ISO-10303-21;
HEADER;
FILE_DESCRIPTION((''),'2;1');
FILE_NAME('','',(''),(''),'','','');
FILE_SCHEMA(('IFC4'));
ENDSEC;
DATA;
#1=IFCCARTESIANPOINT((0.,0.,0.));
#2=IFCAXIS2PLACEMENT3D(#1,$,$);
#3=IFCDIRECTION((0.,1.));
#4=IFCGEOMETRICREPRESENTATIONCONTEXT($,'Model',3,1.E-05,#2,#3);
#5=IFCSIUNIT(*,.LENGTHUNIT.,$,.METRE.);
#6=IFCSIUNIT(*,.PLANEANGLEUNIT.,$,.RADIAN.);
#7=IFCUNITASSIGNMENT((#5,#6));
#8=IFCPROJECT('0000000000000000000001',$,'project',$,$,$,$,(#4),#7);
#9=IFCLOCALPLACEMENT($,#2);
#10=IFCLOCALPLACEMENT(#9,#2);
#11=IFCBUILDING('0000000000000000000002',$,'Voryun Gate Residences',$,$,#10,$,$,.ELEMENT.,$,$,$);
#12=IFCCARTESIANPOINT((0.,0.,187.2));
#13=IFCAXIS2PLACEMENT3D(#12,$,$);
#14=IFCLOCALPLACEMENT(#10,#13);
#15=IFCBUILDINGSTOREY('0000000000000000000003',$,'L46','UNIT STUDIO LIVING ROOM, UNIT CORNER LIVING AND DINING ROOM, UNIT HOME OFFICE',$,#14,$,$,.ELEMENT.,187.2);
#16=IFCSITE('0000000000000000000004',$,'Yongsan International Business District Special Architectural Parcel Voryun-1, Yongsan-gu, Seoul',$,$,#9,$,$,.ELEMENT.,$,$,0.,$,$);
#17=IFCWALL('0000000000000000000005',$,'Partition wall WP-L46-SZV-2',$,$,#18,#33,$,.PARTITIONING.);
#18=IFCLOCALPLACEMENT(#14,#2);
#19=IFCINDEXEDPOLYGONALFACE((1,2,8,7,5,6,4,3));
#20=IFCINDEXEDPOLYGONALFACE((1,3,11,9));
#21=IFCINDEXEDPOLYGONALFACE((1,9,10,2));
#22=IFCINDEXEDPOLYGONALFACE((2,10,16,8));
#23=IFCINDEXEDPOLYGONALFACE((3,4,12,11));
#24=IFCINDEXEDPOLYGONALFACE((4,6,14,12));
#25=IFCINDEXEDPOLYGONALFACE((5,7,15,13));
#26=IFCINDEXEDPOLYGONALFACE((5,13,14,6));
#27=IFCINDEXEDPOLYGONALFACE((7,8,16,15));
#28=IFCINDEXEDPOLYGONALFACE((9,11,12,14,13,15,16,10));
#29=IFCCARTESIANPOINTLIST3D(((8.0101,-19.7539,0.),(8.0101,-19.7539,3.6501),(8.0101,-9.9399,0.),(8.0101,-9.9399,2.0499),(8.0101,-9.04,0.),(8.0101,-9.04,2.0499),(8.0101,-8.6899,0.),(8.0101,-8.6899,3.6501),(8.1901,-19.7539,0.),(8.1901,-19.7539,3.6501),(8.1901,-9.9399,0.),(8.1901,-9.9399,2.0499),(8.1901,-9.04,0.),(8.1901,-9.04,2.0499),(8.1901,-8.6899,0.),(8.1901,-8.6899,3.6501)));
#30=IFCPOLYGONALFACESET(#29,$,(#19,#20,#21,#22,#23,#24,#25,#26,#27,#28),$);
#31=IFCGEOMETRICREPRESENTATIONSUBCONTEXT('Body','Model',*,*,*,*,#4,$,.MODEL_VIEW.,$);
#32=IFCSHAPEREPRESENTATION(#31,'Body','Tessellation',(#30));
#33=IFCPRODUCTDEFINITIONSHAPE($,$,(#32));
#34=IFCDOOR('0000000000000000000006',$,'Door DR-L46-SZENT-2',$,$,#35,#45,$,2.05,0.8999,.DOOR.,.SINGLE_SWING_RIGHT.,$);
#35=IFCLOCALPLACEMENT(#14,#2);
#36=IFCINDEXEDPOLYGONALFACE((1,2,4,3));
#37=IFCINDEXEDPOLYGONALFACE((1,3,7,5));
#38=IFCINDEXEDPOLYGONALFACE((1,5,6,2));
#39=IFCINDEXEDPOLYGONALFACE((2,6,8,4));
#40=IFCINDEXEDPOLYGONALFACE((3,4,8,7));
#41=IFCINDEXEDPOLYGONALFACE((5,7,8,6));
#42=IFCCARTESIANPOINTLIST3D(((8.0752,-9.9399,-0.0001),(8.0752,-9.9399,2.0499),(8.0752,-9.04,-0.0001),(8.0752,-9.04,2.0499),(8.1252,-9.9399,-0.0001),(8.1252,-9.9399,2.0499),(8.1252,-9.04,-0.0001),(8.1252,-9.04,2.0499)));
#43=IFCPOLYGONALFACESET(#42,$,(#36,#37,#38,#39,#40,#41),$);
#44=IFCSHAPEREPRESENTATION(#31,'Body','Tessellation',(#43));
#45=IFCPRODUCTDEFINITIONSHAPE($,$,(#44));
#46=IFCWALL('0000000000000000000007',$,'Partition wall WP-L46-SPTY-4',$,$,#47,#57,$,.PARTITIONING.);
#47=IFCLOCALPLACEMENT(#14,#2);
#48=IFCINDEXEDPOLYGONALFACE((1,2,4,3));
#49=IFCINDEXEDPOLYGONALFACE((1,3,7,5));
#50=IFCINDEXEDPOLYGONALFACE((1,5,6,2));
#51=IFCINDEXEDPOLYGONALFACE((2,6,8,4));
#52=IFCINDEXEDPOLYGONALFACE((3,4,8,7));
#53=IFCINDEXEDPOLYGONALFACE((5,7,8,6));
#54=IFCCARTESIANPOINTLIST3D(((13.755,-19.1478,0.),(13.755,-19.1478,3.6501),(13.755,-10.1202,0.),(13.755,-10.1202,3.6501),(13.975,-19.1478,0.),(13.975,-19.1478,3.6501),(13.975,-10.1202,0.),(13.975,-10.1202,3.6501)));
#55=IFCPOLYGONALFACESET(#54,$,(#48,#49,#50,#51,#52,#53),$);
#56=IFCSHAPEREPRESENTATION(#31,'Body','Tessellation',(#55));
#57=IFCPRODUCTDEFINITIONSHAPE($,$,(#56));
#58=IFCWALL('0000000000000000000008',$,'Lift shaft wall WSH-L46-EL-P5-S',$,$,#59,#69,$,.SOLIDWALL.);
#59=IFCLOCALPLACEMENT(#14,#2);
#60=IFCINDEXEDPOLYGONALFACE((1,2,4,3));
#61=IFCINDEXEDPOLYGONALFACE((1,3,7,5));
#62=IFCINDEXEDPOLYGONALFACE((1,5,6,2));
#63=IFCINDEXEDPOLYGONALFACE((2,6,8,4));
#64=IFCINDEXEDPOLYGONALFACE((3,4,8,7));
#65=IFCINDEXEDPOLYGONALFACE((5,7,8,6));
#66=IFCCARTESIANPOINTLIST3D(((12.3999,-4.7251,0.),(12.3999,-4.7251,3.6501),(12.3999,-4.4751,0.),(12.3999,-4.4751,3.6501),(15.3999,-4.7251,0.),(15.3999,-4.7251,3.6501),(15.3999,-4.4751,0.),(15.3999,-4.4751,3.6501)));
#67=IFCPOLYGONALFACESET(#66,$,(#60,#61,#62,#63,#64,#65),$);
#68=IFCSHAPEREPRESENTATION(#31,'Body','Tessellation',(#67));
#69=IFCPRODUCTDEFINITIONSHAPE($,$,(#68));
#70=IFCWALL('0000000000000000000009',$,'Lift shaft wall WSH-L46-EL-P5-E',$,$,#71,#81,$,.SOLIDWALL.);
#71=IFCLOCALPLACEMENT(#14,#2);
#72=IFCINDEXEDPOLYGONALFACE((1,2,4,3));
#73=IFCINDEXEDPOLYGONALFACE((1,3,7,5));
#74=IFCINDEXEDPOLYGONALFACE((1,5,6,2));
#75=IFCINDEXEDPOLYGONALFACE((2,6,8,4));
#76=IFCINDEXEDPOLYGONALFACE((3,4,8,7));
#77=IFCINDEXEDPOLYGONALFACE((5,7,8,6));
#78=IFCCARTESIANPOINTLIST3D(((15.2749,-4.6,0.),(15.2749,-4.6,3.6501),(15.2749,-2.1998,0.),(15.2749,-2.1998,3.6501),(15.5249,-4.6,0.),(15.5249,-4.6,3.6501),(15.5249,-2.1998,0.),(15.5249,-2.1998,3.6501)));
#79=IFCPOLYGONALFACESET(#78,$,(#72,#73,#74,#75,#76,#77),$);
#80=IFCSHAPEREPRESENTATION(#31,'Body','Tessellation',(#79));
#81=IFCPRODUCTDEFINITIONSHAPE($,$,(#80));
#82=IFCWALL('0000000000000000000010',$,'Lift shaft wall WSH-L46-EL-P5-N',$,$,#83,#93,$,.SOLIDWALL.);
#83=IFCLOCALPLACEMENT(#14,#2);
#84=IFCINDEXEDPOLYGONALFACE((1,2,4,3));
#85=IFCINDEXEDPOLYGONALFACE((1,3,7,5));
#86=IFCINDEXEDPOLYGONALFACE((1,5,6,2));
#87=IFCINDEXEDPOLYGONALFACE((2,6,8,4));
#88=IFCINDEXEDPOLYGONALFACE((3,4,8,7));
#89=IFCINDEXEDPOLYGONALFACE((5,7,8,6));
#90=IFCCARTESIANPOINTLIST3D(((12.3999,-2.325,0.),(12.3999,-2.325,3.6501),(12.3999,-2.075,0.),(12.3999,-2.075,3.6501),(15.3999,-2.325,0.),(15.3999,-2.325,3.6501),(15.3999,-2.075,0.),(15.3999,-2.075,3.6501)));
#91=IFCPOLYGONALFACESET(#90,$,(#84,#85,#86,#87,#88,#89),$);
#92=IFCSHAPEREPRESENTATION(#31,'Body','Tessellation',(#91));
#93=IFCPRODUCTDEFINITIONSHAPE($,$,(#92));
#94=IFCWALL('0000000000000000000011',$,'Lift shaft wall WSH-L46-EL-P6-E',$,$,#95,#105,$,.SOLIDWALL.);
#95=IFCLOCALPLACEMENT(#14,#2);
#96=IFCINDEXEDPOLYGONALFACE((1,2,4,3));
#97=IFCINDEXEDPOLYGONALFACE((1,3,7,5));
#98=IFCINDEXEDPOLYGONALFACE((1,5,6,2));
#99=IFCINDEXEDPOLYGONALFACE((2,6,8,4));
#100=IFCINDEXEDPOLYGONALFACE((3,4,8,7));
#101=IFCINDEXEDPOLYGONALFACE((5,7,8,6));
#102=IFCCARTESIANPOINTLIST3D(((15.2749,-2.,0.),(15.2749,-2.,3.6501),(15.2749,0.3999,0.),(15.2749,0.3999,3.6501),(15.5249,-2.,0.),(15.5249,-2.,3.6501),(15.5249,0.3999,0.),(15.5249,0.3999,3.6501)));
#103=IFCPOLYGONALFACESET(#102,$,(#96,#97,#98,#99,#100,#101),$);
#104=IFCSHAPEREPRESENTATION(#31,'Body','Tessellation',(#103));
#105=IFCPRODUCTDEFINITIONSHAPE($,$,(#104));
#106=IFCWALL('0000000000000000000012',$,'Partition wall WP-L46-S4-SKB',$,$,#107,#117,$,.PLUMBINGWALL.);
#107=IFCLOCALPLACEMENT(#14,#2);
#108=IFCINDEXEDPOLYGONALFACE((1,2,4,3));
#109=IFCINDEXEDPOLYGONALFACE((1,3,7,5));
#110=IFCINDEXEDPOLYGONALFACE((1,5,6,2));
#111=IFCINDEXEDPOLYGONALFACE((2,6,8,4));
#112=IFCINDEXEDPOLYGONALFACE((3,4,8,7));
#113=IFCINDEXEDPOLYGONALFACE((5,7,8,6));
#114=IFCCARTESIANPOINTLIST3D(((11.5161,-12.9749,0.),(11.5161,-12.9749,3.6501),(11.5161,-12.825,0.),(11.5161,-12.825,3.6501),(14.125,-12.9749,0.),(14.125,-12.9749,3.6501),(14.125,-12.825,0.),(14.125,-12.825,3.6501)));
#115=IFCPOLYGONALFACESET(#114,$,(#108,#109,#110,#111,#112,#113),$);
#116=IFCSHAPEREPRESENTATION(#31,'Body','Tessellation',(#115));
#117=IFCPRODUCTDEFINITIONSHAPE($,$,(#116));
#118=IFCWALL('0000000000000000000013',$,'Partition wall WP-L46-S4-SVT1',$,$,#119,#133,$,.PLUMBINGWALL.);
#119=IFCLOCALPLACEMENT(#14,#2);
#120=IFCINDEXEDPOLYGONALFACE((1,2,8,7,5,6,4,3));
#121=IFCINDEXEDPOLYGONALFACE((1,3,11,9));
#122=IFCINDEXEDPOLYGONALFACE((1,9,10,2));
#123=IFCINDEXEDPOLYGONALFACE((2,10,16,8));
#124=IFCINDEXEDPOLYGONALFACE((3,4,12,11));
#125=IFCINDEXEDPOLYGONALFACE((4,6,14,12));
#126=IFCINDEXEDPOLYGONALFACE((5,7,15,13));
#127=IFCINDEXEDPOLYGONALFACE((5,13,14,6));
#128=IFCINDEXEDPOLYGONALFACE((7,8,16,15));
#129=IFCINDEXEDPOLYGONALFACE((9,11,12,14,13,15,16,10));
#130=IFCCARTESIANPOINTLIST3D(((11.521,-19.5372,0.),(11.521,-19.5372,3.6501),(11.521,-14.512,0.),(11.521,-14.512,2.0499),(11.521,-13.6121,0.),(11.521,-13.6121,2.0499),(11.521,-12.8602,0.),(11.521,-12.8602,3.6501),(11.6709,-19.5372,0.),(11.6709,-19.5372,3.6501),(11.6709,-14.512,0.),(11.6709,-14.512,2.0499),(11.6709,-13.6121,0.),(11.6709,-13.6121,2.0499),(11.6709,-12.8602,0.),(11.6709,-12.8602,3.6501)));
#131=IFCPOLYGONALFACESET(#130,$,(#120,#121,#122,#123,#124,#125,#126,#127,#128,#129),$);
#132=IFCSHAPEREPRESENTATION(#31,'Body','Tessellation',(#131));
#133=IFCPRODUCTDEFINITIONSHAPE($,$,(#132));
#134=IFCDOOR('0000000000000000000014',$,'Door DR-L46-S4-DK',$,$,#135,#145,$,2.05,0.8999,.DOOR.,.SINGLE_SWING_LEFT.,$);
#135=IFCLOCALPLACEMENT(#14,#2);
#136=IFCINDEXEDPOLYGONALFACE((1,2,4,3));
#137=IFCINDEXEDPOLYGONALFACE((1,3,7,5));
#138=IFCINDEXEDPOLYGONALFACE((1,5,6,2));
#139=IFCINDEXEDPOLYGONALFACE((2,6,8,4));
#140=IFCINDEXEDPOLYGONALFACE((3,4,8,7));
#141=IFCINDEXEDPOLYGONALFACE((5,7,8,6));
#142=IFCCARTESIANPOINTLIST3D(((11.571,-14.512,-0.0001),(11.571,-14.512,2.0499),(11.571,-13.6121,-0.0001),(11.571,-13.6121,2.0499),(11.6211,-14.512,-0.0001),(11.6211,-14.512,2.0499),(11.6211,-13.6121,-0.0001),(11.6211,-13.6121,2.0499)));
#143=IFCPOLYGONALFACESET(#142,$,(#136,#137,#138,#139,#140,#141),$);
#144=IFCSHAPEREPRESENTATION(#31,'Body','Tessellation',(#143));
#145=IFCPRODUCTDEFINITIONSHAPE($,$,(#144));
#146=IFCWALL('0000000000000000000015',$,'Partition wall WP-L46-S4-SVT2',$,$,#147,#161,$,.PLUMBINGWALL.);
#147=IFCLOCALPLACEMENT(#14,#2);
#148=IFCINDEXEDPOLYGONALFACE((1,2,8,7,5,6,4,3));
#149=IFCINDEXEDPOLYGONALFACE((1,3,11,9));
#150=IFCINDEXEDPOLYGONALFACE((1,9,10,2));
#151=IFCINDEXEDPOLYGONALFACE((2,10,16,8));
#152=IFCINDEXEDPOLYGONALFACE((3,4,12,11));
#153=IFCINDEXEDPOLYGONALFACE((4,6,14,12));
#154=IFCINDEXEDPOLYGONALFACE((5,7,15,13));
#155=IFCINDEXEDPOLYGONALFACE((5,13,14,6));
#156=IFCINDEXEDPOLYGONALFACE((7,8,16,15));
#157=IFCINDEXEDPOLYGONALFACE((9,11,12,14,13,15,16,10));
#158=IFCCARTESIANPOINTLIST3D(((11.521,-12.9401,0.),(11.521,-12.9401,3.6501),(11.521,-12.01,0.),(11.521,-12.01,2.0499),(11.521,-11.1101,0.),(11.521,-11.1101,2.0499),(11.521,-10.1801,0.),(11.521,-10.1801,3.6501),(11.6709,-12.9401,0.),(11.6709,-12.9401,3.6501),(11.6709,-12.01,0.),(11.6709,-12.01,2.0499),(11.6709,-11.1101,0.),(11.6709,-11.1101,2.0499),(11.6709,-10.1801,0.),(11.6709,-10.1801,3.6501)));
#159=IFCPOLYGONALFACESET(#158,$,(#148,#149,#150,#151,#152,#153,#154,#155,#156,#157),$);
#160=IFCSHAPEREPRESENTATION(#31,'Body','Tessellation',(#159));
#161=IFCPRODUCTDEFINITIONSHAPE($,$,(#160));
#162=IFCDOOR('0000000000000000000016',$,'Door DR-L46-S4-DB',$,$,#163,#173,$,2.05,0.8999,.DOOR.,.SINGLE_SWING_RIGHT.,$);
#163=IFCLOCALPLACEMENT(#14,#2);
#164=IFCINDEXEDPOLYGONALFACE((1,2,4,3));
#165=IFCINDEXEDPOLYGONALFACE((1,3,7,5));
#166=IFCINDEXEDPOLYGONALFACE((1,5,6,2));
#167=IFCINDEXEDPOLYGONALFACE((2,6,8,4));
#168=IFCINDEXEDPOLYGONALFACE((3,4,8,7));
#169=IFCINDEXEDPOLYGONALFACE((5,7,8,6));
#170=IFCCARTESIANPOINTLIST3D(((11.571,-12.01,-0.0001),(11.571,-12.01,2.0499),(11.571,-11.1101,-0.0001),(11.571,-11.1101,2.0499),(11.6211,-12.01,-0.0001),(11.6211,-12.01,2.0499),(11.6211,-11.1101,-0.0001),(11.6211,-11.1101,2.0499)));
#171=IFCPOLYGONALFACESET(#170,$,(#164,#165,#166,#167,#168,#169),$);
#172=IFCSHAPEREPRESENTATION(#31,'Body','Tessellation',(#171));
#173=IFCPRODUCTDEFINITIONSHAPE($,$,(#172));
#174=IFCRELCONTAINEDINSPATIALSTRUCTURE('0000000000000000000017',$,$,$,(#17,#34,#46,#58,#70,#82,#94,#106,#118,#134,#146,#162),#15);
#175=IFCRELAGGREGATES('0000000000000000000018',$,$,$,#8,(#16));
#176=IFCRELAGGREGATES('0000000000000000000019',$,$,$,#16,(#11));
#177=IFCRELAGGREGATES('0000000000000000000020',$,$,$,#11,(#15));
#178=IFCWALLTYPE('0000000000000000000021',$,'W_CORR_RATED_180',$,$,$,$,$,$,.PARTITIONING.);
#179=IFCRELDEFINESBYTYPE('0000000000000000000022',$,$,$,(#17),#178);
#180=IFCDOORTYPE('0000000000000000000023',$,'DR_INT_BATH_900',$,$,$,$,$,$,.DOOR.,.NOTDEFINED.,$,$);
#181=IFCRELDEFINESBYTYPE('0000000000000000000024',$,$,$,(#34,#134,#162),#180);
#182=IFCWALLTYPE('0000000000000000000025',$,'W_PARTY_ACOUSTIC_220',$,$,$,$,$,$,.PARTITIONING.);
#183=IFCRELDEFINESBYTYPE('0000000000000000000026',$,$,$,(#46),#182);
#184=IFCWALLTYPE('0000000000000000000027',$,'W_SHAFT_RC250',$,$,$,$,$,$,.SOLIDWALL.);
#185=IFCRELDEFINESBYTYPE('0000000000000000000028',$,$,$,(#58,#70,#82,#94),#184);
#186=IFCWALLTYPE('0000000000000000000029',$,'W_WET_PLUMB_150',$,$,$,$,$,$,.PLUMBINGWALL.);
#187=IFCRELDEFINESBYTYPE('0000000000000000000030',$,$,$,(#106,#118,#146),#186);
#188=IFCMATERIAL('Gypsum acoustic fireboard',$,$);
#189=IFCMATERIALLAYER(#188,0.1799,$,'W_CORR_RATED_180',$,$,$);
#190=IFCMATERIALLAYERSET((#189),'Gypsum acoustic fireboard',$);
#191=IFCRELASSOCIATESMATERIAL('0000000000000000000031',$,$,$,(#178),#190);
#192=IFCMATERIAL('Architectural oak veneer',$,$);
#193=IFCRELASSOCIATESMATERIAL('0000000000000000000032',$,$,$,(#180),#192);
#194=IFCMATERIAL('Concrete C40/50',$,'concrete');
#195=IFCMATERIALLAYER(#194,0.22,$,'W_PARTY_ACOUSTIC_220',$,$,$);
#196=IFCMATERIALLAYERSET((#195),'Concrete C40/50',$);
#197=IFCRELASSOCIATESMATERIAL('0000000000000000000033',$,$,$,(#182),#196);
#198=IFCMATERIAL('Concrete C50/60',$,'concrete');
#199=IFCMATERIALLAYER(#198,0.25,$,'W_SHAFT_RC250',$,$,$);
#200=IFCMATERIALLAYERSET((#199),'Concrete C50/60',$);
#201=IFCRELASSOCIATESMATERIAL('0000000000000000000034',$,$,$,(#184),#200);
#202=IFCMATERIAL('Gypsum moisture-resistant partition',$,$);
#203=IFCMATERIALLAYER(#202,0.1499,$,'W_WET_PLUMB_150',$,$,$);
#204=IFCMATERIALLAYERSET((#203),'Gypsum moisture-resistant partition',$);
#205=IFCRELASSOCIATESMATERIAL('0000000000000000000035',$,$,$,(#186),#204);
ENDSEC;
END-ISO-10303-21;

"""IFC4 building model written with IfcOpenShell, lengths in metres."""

from ifc_helpers import new_model, si_unit, direction, frame, frame_2d, origin, place, context, subcontext, project, spatial, rectangle, extrude, material, layer, layer_set, type_object, element, fill, save


model = new_model("IFC4")

# Units and contexts
model_context = context("Model", 3, precision=1e-05, world=origin(), true_north=direction((0.0, 1.0)))
body_context = subcontext(model_context, "Body", "Model", "MODEL_VIEW")
ifc_project = project(units=[si_unit("LENGTHUNIT", "METRE"), si_unit("PLANEANGLEUNIT", "RADIAN")], contexts=[model_context])

# Site, building, storey
site_placement = place(None, origin())
site = spatial("IfcSite", under=ifc_project, at=site_placement, Name="Yongsan International Business District Special Architectural Parcel Voryun-1, Yongsan-gu, Seoul", CompositionType="ELEMENT", RefElevation=0.0)
building_placement = place(site_placement, origin())
building = spatial("IfcBuilding", under=site, at=building_placement, Name="Voryun Gate Residences", CompositionType="ELEMENT")
storey_placement = place(building_placement, frame((0.0, 0.0, 187.2)))
storey = spatial("IfcBuildingStorey", under=building, at=storey_placement, Name="L46", Description="UNIT STUDIO LIVING ROOM, UNIT CORNER LIVING AND DINING ROOM, UNIT HOME OFFICE", CompositionType="ELEMENT", Elevation=187.2)

# Shared definitions
ifc_material_1 = material(Name="Gypsum acoustic fireboard")
ifc_layer_1 = layer(ifc_material_1, 0.1799, Name="W_CORR_RATED_180")
ifc_layer_set_1 = layer_set([ifc_layer_1], Name="Gypsum acoustic fireboard")
wall_type_1 = type_object("IfcWallType", Name="W_CORR_RATED_180", PredefinedType="PARTITIONING", material=ifc_layer_set_1)

# Wall, opening, door
wall_1_placement = place(storey_placement, frame((8.1001, -19.7539, 0.0), z_axis=(0.0, 0.0, 1.0), x_axis=(0.0, 1.0, 0.0)))
wall_1 = element("IfcWall", 1, at=wall_1_placement, inside=storey, type_object=wall_type_1, Name="Partition wall WP-L46-SZV-2", PredefinedType="PARTITIONING", context=body_context, shape_type="SweptSolid", body=[
    extrude(rectangle(XDim=11.064, YDim=0.1799, at=frame_2d((5.532, 0.0))), origin(), (0.0, 0.0, 1.0), 3.6501),
])
opening_1_placement = place(wall_1_placement, frame((9.814, 0.0, 0.0)))
opening_1 = element("IfcOpeningElement", 2, at=opening_1_placement, cuts=wall_1, PredefinedType="OPENING", context=body_context, shape_type="SweptSolid", body=[
    extrude(rectangle(XDim=0.8999, YDim=2.05, at=frame_2d((0.45, 1.0249))), frame((0.0, 0.0999, 0.0), z_axis=(0.0, -1.0, 0.0), x_axis=(1.0, 0.0, 0.0)), (0.0, 0.0, 1.0), 0.2),
])
ifc_material_2 = material(Name="Architectural oak veneer")
door_type_1 = type_object("IfcDoorType", Name="DR_INT_BATH_900", OperationType="NOTDEFINED", PredefinedType="DOOR", material=ifc_material_2)
door_1_placement = place(opening_1_placement, origin())
door_1 = element("IfcDoor", 3, at=door_1_placement, inside=storey, type_object=door_type_1, Name="Door DR-L46-SZENT-2", OperationType="SINGLE_SWING_RIGHT", OverallHeight=2.05, OverallWidth=0.8999, PredefinedType="DOOR", context=body_context, shape_type="SweptSolid", body=[
    extrude(rectangle(XDim=0.8999, YDim=2.05, at=frame_2d((0.45, 1.0249))), frame((0.0, 0.0249, 0.0), z_axis=(0.0, -1.0, 0.0), x_axis=(1.0, 0.0, 0.0)), (0.0, 0.0, 1.0), 0.05),
])
fill(opening_1, door_1)

# Walls
ifc_material_3 = material(Name="Concrete C40/50", Category="concrete")
ifc_layer_2 = layer(ifc_material_3, 0.22, Name="W_PARTY_ACOUSTIC_220")
ifc_layer_set_2 = layer_set([ifc_layer_2], Name="Concrete C40/50")
wall_type_2 = type_object("IfcWallType", Name="W_PARTY_ACOUSTIC_220", PredefinedType="PARTITIONING", material=ifc_layer_set_2)
wall_2_placement = place(storey_placement, frame((13.865, -19.1477, 0.0), z_axis=(0.0, 0.0, 1.0), x_axis=(0.0, 1.0, 0.0)))
element("IfcWall", 4, at=wall_2_placement, inside=storey, type_object=wall_type_2, Name="Partition wall WP-L46-SPTY-4", PredefinedType="PARTITIONING", context=body_context, shape_type="SweptSolid", body=[
    extrude(rectangle(XDim=9.0276, YDim=0.22, at=frame_2d((4.5137, 0.0))), origin(), (0.0, 0.0, 1.0), 3.6501),
])
ifc_material_4 = material(Name="Concrete C50/60", Category="concrete")
ifc_layer_3 = layer(ifc_material_4, 0.25, Name="W_SHAFT_RC250")
ifc_layer_set_3 = layer_set([ifc_layer_3], Name="Concrete C50/60")
wall_type_3 = type_object("IfcWallType", Name="W_SHAFT_RC250", PredefinedType="SOLIDWALL", material=ifc_layer_set_3)
wall_3_placement = place(storey_placement, frame((12.3999, -4.6001, 0.0), z_axis=(0.0, 0.0, 1.0), x_axis=(1.0, 0.0, 0.0)))
element("IfcWall", 5, at=wall_3_placement, inside=storey, type_object=wall_type_3, Name="Lift shaft wall WSH-L46-EL-P5-S", PredefinedType="SOLIDWALL", context=body_context, shape_type="SweptSolid", body=[
    extrude(rectangle(XDim=3.0, YDim=0.25, at=frame_2d((1.5, 0.0))), origin(), (0.0, 0.0, 1.0), 3.6501),
])
wall_4_placement = place(storey_placement, frame((15.3999, -4.6001, 0.0), z_axis=(0.0, 0.0, 1.0), x_axis=(0.0, 1.0, 0.0)))
element("IfcWall", 6, at=wall_4_placement, inside=storey, type_object=wall_type_3, Name="Lift shaft wall WSH-L46-EL-P5-E", PredefinedType="SOLIDWALL", context=body_context, shape_type="SweptSolid", body=[
    extrude(rectangle(XDim=2.4001, YDim=0.25, at=frame_2d((1.2002, 0.0))), origin(), (0.0, 0.0, 1.0), 3.6501),
])
wall_5_placement = place(storey_placement, frame((15.3999, -2.2, 0.0), z_axis=(0.0, 0.0, 1.0), x_axis=(-1.0, 0.0, 0.0)))
element("IfcWall", 7, at=wall_5_placement, inside=storey, type_object=wall_type_3, Name="Lift shaft wall WSH-L46-EL-P5-N", PredefinedType="SOLIDWALL", context=body_context, shape_type="SweptSolid", body=[
    extrude(rectangle(XDim=3.0, YDim=0.25, at=frame_2d((1.5, 0.0))), origin(), (0.0, 0.0, 1.0), 3.6501),
])
wall_6_placement = place(storey_placement, frame((15.3999, -2.0, 0.0), z_axis=(0.0, 0.0, 1.0), x_axis=(0.0, 1.0, 0.0)))
element("IfcWall", 8, at=wall_6_placement, inside=storey, type_object=wall_type_3, Name="Lift shaft wall WSH-L46-EL-P6-E", PredefinedType="SOLIDWALL", context=body_context, shape_type="SweptSolid", body=[
    extrude(rectangle(XDim=2.3999, YDim=0.25, at=frame_2d((1.2, 0.0))), origin(), (0.0, 0.0, 1.0), 3.6501),
])
ifc_material_5 = material(Name="Gypsum moisture-resistant partition")
ifc_layer_4 = layer(ifc_material_5, 0.1499, Name="W_WET_PLUMB_150")
ifc_layer_set_4 = layer_set([ifc_layer_4], Name="Gypsum moisture-resistant partition")
wall_type_4 = type_object("IfcWallType", Name="W_WET_PLUMB_150", PredefinedType="PLUMBINGWALL", material=ifc_layer_set_4)
wall_7_placement = place(storey_placement, frame((11.5161, -12.8999, 0.0), z_axis=(0.0, 0.0, 1.0), x_axis=(1.0, 0.0, 0.0)))
element("IfcWall", 9, at=wall_7_placement, inside=storey, type_object=wall_type_4, Name="Partition wall WP-L46-S4-SKB", PredefinedType="PLUMBINGWALL", context=body_context, shape_type="SweptSolid", body=[
    extrude(rectangle(XDim=2.6089, YDim=0.1499, at=frame_2d((1.3044, 0.0))), origin(), (0.0, 0.0, 1.0), 3.6501),
])

# Walls, openings, doors
wall_8_placement = place(storey_placement, frame((11.5959, -19.5371, 0.0), z_axis=(0.0, 0.0, 1.0), x_axis=(0.0, 1.0, 0.0)))
wall_8 = element("IfcWall", 10, at=wall_8_placement, inside=storey, type_object=wall_type_4, Name="Partition wall WP-L46-S4-SVT1", PredefinedType="PLUMBINGWALL", context=body_context, shape_type="SweptSolid", body=[
    extrude(rectangle(XDim=6.677, YDim=0.1499, at=frame_2d((3.3384, 0.0))), origin(), (0.0, 0.0, 1.0), 3.6501),
])
opening_2_placement = place(wall_8_placement, frame((5.0251, 0.0, 0.0)))
opening_2 = element("IfcOpeningElement", 11, at=opening_2_placement, cuts=wall_8, PredefinedType="OPENING", context=body_context, shape_type="SweptSolid", body=[
    extrude(rectangle(XDim=0.8999, YDim=2.05, at=frame_2d((0.45, 1.0249))), frame((0.0, 0.085, 0.0), z_axis=(0.0, -1.0, 0.0), x_axis=(1.0, 0.0, 0.0)), (0.0, 0.0, 1.0), 0.1699),
])
door_2_placement = place(opening_2_placement, origin())
door_2 = element("IfcDoor", 12, at=door_2_placement, inside=storey, type_object=door_type_1, Name="Door DR-L46-S4-DK", OperationType="SINGLE_SWING_LEFT", OverallHeight=2.05, OverallWidth=0.8999, PredefinedType="DOOR", context=body_context, shape_type="SweptSolid", body=[
    extrude(rectangle(XDim=0.8999, YDim=2.05, at=frame_2d((0.45, 1.0249))), frame((0.0, 0.0249, 0.0), z_axis=(0.0, -1.0, 0.0), x_axis=(1.0, 0.0, 0.0)), (0.0, 0.0, 1.0), 0.05),
])
fill(opening_2, door_2)
wall_9_placement = place(storey_placement, frame((11.5959, -12.9399, 0.0), z_axis=(0.0, 0.0, 1.0), x_axis=(0.0, 1.0, 0.0)))
wall_9 = element("IfcWall", 13, at=wall_9_placement, inside=storey, type_object=wall_type_4, Name="Partition wall WP-L46-S4-SVT2", PredefinedType="PLUMBINGWALL", context=body_context, shape_type="SweptSolid", body=[
    extrude(rectangle(XDim=2.76, YDim=0.1499, at=frame_2d((1.3799, 0.0))), origin(), (0.0, 0.0, 1.0), 3.6501),
])
opening_3_placement = place(wall_9_placement, frame((0.9299, 0.0, 0.0)))
opening_3 = element("IfcOpeningElement", 14, at=opening_3_placement, cuts=wall_9, PredefinedType="OPENING", context=body_context, shape_type="SweptSolid", body=[
    extrude(rectangle(XDim=0.8999, YDim=2.05, at=frame_2d((0.45, 1.0249))), frame((0.0, 0.085, 0.0), z_axis=(0.0, -1.0, 0.0), x_axis=(1.0, 0.0, 0.0)), (0.0, 0.0, 1.0), 0.1699),
])
door_3_placement = place(opening_3_placement, origin())
door_3 = element("IfcDoor", 15, at=door_3_placement, inside=storey, type_object=door_type_1, Name="Door DR-L46-S4-DB", OperationType="SINGLE_SWING_RIGHT", OverallHeight=2.05, OverallWidth=0.8999, PredefinedType="DOOR", context=body_context, shape_type="SweptSolid", body=[
    extrude(rectangle(XDim=0.8999, YDim=2.05, at=frame_2d((0.45, 1.0249))), frame((0.0, 0.0249, 0.0), z_axis=(0.0, -1.0, 0.0), x_axis=(1.0, 0.0, 0.0)), (0.0, 0.0, 1.0), 0.05),
])
fill(opening_3, door_3)

save(model, "model.ifc")
